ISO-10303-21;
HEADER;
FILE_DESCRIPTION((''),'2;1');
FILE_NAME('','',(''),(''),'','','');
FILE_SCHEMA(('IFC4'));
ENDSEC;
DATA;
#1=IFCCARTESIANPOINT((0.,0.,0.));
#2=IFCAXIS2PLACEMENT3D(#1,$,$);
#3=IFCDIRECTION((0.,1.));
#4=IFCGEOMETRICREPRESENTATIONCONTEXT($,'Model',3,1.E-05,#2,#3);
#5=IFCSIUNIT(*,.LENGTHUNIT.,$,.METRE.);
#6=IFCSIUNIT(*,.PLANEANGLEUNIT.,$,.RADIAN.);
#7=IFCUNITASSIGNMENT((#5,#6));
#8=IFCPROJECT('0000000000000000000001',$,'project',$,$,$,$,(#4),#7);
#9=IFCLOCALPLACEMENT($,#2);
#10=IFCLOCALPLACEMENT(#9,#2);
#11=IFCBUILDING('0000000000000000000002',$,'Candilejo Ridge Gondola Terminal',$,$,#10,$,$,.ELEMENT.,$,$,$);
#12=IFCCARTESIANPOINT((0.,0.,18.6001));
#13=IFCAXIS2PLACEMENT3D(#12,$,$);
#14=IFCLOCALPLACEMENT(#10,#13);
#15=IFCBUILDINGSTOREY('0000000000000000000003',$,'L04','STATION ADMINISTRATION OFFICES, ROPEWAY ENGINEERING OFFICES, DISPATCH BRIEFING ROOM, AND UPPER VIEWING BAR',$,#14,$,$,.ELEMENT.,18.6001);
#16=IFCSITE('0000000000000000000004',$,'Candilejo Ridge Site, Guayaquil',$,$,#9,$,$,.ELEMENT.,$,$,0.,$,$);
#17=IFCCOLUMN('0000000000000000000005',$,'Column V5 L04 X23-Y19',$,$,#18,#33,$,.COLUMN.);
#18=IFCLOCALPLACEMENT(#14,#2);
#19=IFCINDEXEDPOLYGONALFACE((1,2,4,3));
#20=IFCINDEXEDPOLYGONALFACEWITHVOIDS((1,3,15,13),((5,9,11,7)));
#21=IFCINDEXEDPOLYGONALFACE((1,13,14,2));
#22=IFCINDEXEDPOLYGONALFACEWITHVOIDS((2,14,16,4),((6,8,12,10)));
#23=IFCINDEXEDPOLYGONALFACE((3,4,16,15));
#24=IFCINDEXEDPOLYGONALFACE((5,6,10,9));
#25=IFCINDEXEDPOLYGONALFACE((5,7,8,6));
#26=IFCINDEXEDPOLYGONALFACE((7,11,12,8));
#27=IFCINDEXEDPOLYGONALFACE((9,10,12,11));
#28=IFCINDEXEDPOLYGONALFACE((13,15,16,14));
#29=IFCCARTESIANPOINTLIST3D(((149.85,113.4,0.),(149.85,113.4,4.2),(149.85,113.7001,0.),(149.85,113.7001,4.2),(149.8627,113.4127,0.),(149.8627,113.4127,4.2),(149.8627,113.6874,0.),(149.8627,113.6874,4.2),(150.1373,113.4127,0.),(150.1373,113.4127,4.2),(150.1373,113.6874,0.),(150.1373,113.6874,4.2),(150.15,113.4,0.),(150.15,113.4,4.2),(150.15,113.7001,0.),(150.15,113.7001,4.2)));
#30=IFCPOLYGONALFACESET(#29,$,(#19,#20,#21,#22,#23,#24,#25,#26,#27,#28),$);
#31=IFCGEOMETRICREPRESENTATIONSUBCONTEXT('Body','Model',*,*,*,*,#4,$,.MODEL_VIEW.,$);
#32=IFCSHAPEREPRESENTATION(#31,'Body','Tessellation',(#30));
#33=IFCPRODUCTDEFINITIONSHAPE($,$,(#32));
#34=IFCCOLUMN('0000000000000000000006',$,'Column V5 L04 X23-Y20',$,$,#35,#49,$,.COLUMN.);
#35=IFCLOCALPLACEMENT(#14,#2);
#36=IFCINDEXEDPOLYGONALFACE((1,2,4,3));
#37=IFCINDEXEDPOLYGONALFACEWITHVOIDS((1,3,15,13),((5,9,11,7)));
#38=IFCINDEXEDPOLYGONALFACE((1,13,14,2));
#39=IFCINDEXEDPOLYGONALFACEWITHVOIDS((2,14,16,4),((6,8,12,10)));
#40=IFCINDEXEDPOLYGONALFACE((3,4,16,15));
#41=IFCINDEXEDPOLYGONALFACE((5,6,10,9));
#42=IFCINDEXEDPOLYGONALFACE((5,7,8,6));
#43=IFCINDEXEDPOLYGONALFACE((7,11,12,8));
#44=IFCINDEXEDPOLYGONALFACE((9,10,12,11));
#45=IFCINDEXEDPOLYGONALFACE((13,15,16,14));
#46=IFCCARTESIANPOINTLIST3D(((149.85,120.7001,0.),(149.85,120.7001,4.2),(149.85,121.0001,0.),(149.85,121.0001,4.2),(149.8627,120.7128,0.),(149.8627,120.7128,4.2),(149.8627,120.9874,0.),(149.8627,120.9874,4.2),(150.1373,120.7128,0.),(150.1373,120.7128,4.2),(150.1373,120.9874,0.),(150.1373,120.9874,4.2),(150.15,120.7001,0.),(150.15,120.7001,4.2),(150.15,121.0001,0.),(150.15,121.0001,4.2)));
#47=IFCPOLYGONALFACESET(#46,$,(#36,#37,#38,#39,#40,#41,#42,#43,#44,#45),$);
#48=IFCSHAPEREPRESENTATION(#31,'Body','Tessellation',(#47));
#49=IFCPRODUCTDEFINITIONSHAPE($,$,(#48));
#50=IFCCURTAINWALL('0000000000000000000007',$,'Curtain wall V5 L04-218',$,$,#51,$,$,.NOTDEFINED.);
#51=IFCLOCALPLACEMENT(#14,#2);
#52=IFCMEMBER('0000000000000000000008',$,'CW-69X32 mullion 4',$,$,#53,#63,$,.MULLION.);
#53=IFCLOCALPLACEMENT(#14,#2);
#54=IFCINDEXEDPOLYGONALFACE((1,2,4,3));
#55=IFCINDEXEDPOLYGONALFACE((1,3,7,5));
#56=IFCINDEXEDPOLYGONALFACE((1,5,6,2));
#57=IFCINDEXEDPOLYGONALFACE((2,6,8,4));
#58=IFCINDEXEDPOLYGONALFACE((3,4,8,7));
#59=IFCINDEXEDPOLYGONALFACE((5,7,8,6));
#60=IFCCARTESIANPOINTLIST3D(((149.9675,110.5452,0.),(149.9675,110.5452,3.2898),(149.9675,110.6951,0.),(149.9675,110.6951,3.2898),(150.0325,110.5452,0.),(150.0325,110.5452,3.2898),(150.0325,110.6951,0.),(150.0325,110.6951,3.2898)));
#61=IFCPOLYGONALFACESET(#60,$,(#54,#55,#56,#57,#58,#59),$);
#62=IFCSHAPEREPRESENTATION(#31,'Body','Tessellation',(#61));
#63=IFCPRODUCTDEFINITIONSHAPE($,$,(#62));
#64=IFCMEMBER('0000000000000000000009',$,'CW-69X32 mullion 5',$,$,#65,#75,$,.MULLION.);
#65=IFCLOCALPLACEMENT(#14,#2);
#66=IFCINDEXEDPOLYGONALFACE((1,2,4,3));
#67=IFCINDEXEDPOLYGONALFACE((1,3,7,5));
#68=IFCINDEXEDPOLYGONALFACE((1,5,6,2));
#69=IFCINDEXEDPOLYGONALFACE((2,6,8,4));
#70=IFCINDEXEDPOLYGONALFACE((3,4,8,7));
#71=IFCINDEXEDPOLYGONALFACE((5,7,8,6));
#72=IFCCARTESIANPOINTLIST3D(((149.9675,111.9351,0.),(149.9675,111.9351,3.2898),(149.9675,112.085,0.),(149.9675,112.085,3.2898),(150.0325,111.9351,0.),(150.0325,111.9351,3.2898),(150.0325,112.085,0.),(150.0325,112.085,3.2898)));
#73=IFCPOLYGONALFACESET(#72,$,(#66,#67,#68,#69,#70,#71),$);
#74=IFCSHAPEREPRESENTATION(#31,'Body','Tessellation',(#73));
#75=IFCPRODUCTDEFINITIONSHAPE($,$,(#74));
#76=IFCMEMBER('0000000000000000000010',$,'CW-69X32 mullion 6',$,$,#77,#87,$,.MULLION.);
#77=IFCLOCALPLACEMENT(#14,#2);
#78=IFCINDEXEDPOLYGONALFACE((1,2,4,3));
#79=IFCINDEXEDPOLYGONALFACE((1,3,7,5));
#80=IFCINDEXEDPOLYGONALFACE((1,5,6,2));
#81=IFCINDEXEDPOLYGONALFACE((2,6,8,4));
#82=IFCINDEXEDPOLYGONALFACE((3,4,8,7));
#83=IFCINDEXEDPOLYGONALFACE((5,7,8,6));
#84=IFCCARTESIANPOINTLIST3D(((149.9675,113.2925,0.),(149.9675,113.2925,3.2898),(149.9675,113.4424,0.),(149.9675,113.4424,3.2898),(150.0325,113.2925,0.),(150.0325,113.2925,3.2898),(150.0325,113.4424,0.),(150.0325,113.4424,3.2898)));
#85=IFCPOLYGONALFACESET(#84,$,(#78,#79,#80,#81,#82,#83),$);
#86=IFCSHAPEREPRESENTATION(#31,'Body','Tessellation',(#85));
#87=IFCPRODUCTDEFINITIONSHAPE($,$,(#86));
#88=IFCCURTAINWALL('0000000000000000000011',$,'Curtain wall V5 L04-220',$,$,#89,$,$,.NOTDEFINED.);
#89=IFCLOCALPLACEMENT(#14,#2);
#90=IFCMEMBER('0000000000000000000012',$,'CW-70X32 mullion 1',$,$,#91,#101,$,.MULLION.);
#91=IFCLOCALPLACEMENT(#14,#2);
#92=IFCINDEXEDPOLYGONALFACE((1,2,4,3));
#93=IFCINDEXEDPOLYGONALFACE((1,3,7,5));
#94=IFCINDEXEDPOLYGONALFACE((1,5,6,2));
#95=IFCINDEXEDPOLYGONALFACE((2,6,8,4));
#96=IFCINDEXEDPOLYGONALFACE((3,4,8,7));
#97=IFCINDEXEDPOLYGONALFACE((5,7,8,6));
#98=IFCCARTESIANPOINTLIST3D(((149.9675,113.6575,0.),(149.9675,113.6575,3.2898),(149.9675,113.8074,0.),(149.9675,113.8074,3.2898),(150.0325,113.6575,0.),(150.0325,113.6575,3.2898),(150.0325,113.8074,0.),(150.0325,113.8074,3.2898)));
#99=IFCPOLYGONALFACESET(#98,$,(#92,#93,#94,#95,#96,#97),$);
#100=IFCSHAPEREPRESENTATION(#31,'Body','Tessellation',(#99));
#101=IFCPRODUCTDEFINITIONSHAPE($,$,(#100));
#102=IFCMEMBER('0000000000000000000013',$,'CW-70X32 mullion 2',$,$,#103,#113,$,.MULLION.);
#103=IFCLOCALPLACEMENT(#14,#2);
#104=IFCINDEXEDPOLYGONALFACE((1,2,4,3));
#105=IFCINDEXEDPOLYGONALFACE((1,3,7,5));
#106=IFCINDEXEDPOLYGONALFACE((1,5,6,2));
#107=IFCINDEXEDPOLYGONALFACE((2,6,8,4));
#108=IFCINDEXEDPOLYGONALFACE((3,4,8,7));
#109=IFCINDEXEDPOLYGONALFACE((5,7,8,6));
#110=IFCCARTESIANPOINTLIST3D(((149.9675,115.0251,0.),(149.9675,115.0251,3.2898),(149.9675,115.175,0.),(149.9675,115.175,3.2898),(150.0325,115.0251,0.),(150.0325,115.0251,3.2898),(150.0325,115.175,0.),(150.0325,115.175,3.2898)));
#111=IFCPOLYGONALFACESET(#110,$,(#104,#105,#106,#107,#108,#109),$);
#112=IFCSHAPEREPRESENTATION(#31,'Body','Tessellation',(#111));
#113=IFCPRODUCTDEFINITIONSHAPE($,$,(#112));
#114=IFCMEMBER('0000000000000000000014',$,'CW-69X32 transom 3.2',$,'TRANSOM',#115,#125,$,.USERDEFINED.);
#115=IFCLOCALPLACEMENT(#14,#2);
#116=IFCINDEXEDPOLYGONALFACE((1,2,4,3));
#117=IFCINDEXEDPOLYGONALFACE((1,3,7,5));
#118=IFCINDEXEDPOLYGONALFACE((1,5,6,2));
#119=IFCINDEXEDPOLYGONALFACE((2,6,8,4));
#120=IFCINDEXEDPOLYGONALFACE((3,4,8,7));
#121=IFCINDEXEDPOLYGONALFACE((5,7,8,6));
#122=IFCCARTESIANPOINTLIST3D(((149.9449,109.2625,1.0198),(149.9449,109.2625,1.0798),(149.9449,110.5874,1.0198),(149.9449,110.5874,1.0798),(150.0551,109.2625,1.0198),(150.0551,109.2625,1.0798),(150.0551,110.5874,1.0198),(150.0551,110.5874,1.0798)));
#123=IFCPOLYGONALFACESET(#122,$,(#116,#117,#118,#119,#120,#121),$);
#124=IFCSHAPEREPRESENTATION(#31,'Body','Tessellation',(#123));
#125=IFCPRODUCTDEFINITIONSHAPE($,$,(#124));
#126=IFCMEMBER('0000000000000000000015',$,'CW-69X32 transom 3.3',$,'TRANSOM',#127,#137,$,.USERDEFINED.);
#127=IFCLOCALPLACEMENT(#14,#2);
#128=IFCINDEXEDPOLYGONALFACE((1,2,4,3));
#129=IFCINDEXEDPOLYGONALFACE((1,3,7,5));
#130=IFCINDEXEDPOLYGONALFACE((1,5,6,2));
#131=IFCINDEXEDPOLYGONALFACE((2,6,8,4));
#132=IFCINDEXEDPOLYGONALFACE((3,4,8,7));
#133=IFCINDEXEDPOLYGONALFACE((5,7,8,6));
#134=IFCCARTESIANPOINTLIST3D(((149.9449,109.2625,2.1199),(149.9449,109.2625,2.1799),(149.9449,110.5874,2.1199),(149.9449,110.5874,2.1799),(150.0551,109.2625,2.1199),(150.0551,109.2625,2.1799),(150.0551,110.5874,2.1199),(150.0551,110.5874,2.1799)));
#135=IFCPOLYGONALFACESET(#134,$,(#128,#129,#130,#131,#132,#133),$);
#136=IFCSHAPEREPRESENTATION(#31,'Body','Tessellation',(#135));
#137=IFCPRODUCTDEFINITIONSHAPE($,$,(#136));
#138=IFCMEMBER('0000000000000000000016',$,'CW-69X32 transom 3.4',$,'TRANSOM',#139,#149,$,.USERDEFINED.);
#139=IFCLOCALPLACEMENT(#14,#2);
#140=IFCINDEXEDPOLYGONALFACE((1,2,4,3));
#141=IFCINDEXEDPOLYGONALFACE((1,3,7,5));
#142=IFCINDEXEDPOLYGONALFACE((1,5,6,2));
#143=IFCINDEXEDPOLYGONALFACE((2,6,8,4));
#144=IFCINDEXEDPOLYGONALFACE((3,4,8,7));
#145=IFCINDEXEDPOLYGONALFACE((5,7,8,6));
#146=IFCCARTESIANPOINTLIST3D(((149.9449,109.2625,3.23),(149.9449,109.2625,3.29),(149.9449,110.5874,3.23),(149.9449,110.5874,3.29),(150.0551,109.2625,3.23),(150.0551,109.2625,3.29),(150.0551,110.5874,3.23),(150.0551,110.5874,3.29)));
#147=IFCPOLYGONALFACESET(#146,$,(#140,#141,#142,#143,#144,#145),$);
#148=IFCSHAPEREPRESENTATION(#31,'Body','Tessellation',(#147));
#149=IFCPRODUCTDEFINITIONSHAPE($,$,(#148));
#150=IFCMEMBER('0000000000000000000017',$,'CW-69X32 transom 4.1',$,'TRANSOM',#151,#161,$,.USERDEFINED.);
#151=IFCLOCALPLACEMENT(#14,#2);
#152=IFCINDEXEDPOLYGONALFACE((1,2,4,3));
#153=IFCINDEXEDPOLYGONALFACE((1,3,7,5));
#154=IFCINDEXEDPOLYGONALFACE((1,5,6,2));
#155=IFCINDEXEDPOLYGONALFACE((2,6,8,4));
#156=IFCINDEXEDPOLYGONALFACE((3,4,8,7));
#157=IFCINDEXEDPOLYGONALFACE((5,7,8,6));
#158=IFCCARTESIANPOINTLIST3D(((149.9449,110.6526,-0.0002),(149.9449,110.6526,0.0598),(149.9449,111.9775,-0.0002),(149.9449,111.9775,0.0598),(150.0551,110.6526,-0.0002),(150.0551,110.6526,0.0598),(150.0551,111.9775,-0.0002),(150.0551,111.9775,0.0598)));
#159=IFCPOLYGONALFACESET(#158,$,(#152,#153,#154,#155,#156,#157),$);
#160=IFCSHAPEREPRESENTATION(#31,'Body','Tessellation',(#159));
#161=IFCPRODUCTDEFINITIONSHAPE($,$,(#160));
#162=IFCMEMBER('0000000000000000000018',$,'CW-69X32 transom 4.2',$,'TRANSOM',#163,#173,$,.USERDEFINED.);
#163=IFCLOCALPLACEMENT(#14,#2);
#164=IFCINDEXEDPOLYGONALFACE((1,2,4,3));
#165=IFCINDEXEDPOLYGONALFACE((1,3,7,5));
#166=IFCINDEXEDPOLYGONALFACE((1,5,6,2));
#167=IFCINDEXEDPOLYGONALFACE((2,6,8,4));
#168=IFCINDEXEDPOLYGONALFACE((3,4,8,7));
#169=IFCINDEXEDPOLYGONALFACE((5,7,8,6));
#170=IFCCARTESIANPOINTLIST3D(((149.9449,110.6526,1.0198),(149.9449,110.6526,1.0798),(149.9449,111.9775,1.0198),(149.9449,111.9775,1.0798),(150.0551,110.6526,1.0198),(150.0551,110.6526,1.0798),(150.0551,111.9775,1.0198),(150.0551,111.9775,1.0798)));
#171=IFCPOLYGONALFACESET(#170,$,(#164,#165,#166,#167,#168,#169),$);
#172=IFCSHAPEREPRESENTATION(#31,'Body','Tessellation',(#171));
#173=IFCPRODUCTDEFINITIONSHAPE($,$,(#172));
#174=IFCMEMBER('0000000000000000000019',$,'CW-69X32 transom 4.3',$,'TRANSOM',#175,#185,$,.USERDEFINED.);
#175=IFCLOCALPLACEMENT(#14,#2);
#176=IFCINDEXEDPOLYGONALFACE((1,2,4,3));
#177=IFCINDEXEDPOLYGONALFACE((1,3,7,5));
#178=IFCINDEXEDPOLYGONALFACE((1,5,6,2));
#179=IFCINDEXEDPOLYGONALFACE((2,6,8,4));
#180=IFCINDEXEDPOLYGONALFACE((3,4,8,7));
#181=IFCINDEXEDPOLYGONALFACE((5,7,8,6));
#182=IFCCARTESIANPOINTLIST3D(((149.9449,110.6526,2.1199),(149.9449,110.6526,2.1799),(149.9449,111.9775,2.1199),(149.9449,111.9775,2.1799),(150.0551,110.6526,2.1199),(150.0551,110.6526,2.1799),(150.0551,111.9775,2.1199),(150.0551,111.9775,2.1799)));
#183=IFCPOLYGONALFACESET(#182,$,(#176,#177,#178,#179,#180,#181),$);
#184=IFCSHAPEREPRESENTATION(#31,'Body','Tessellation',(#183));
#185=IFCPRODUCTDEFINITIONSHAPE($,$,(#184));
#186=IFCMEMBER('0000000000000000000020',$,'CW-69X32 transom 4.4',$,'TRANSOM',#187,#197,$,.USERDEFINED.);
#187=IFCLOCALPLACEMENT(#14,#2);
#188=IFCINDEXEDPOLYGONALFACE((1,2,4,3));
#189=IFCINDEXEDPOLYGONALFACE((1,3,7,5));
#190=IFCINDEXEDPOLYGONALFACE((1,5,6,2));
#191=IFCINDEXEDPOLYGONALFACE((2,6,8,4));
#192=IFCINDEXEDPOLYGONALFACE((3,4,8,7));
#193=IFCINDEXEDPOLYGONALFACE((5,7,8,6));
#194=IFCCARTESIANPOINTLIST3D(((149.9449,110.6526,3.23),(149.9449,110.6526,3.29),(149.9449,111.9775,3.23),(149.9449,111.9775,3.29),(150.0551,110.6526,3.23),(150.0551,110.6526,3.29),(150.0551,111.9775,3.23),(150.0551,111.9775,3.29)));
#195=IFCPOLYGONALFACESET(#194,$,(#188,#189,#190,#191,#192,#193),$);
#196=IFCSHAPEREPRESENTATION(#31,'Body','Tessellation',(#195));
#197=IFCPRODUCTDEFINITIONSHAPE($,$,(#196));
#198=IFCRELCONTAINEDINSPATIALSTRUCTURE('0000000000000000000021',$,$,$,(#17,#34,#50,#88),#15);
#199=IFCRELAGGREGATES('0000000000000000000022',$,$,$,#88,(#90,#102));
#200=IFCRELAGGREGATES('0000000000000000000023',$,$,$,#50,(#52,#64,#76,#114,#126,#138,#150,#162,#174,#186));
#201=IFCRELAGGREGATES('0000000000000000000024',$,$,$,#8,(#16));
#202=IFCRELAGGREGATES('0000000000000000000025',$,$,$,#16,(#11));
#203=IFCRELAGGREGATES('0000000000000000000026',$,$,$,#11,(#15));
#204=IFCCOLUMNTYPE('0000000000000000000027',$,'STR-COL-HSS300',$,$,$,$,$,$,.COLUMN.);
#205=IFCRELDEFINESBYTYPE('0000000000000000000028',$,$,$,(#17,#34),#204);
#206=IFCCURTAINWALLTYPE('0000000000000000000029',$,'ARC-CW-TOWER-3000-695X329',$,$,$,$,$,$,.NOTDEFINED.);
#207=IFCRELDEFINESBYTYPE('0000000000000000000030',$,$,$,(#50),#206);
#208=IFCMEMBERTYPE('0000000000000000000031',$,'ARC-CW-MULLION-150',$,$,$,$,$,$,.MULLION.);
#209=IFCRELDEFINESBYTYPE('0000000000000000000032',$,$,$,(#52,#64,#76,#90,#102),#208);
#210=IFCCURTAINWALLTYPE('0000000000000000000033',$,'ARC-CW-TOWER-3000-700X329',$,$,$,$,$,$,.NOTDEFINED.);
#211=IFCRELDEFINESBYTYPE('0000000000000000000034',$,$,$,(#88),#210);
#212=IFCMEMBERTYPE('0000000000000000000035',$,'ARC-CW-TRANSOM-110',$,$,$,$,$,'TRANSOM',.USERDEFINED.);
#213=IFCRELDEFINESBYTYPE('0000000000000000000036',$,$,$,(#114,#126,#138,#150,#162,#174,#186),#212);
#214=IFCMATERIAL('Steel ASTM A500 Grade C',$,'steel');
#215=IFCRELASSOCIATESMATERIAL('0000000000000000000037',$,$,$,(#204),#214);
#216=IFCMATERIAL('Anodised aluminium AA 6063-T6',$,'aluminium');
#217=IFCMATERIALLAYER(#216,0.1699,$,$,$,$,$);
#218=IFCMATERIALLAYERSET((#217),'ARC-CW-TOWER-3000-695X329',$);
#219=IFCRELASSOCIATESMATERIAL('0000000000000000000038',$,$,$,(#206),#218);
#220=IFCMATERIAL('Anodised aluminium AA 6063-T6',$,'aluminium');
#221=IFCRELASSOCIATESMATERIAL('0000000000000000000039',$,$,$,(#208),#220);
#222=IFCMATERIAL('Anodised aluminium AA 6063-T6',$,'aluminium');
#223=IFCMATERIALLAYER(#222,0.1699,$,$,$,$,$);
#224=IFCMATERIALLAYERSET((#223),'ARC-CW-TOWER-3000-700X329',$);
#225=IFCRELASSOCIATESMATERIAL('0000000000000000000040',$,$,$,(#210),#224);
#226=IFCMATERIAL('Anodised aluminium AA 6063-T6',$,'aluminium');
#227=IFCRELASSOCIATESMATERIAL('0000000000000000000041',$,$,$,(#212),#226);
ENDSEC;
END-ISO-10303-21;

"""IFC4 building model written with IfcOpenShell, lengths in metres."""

from ifc_helpers import new_model, si_unit, direction, frame, origin, origin_2d, place, context, subcontext, project, spatial, rectangle, hollow_rectangle, extrude, material, layer, layer_set, material_profile, profile_set, type_object, element, aggregate, save


model = new_model("IFC4")

# Units and contexts
model_context = context("Model", 3, precision=1e-05, world=origin(), true_north=direction((0.0, 1.0)))
body_context = subcontext(model_context, "Body", "Model", "MODEL_VIEW")
ifc_project = project(units=[si_unit("LENGTHUNIT", "METRE"), si_unit("PLANEANGLEUNIT", "RADIAN")], contexts=[model_context])

# Site, building, storey
site_placement = place(None, origin())
site = spatial("IfcSite", under=ifc_project, at=site_placement, Name="Candilejo Ridge Site, Guayaquil", CompositionType="ELEMENT", RefElevation=0.0)
building_placement = place(site_placement, origin())
building = spatial("IfcBuilding", under=site, at=building_placement, Name="Candilejo Ridge Gondola Terminal", CompositionType="ELEMENT")
storey_placement = place(building_placement, frame((0.0, 0.0, 18.6001)))
storey = spatial("IfcBuildingStorey", under=building, at=storey_placement, Name="L04", Description="STATION ADMINISTRATION OFFICES, ROPEWAY ENGINEERING OFFICES, DISPATCH BRIEFING ROOM, AND UPPER VIEWING BAR", CompositionType="ELEMENT", Elevation=18.6001)

# Columns
ifc_material_1 = material(Name="Steel ASTM A500 Grade C", Category="steel")
ifc_material_profile_1 = material_profile(ifc_material_1, hollow_rectangle(XDim=0.3, YDim=0.3, WallThickness=0.0127, at=origin_2d()))
ifc_profile_set_1 = profile_set([ifc_material_profile_1], Name="Steel ASTM A500 Grade C")
column_type = type_object("IfcColumnType", Name="STR-COL-HSS300", PredefinedType="COLUMN", material=ifc_profile_set_1)
for number, where, z_axis, x_axis, name in (
    (1, (150.0, 113.55, 0.0), (0.0, 0.0, 1.0), (1.0, 0.0, 0.0), "Column V5 L04 X23-Y19"),
    (2, (150.0, 120.8501, 0.0), (0.0, 0.0, 1.0), (1.0, 0.0, 0.0), "Column V5 L04 X23-Y20"),
):
    element("IfcColumn", number, at=place(storey_placement, frame(where, z_axis=z_axis, x_axis=x_axis)), inside=storey, type_object=column_type, Name=name, PredefinedType="COLUMN", context=body_context, shape_type="SweptSolid", body=[
        extrude(hollow_rectangle(XDim=0.3, YDim=0.3, WallThickness=0.0127, at=origin_2d()), origin(), (0.0, 0.0, 1.0), 4.2),
    ])

# Curtain walls, members
ifc_material_2 = material(Name="Anodised aluminium AA 6063-T6", Category="aluminium")
ifc_layer_1 = layer(ifc_material_2, 0.1699)
ifc_layer_set_1 = layer_set([ifc_layer_1], Name="ARC-CW-TOWER-3000-695X329")
curtain_wall_type_1 = type_object("IfcCurtainWallType", Name="ARC-CW-TOWER-3000-695X329", PredefinedType="NOTDEFINED", material=ifc_layer_set_1)
curtain_wall_1_placement = place(storey_placement, origin())
curtain_wall_1 = element("IfcCurtainWall", 3, at=curtain_wall_1_placement, inside=storey, type_object=curtain_wall_type_1, Name="Curtain wall V5 L04-218", PredefinedType="NOTDEFINED")
ifc_material_3 = material(Name="Anodised aluminium AA 6063-T6", Category="aluminium")
ifc_material_profile_2 = material_profile(ifc_material_3, rectangle(XDim=0.0649, YDim=0.1499, at=origin_2d()))
ifc_profile_set_2 = profile_set([ifc_material_profile_2], Name="Anodised aluminium AA 6063-T6")
member_type_1 = type_object("IfcMemberType", Name="ARC-CW-MULLION-150", PredefinedType="MULLION", material=ifc_profile_set_2)
member_1_placement = place(storey_placement, frame((150.0, 110.6201, 0.0), z_axis=(0.0, 0.0, 1.0), x_axis=(-1.0, 0.0, 0.0)))
member_1 = element("IfcMember", 4, at=member_1_placement, type_object=member_type_1, Name="CW-69X32 mullion 4", PredefinedType="MULLION", context=body_context, shape_type="SweptSolid", body=[
    extrude(rectangle(XDim=0.0649, YDim=0.1499, at=origin_2d()), origin(), (0.0, 0.0, 1.0), 3.2898),
])
member_2_placement = place(storey_placement, frame((150.0, 112.01, 0.0), z_axis=(0.0, 0.0, 1.0), x_axis=(-1.0, 0.0, 0.0)))
member_2 = element("IfcMember", 5, at=member_2_placement, type_object=member_type_1, Name="CW-69X32 mullion 5", PredefinedType="MULLION", context=body_context, shape_type="SweptSolid", body=[
    extrude(rectangle(XDim=0.0649, YDim=0.1499, at=origin_2d()), origin(), (0.0, 0.0, 1.0), 3.2898),
])
member_3_placement = place(storey_placement, frame((150.0, 113.3674, 0.0), z_axis=(0.0, 0.0, 1.0), x_axis=(-1.0, 0.0, 0.0)))
member_3 = element("IfcMember", 6, at=member_3_placement, type_object=member_type_1, Name="CW-69X32 mullion 6", PredefinedType="MULLION", context=body_context, shape_type="SweptSolid", body=[
    extrude(rectangle(XDim=0.0649, YDim=0.1499, at=origin_2d()), origin(), (0.0, 0.0, 1.0), 3.2898),
])
ifc_material_4 = material(Name="Anodised aluminium AA 6063-T6", Category="aluminium")
ifc_layer_2 = layer(ifc_material_4, 0.1699)
ifc_layer_set_2 = layer_set([ifc_layer_2], Name="ARC-CW-TOWER-3000-700X329")
curtain_wall_type_2 = type_object("IfcCurtainWallType", Name="ARC-CW-TOWER-3000-700X329", PredefinedType="NOTDEFINED", material=ifc_layer_set_2)
curtain_wall_2_placement = place(storey_placement, origin())
curtain_wall_2 = element("IfcCurtainWall", 7, at=curtain_wall_2_placement, inside=storey, type_object=curtain_wall_type_2, Name="Curtain wall V5 L04-220", PredefinedType="NOTDEFINED")
member_4_placement = place(storey_placement, frame((150.0, 113.7324, 0.0), z_axis=(0.0, 0.0, 1.0), x_axis=(-1.0, 0.0, 0.0)))
member_4 = element("IfcMember", 8, at=member_4_placement, type_object=member_type_1, Name="CW-70X32 mullion 1", PredefinedType="MULLION", context=body_context, shape_type="SweptSolid", body=[
    extrude(rectangle(XDim=0.0649, YDim=0.1499, at=origin_2d()), origin(), (0.0, 0.0, 1.0), 3.2898),
])
member_5_placement = place(storey_placement, frame((150.0, 115.1001, 0.0), z_axis=(0.0, 0.0, 1.0), x_axis=(-1.0, 0.0, 0.0)))
member_5 = element("IfcMember", 9, at=member_5_placement, type_object=member_type_1, Name="CW-70X32 mullion 2", PredefinedType="MULLION", context=body_context, shape_type="SweptSolid", body=[
    extrude(rectangle(XDim=0.0649, YDim=0.1499, at=origin_2d()), origin(), (0.0, 0.0, 1.0), 3.2898),
])
aggregate(curtain_wall_2, [member_4, member_5])

# Members
ifc_material_5 = material(Name="Anodised aluminium AA 6063-T6", Category="aluminium")
ifc_material_profile_3 = material_profile(ifc_material_5, rectangle(XDim=0.1101, YDim=0.0601, at=origin_2d()))
ifc_profile_set_3 = profile_set([ifc_material_profile_3], Name="Anodised aluminium AA 6063-T6")
member_type_2 = type_object("IfcMemberType", Name="ARC-CW-TRANSOM-110", ElementType="TRANSOM", PredefinedType="USERDEFINED", material=ifc_profile_set_3)
member_6_placement = place(storey_placement, frame((150.0, 109.2625, 1.0498), z_axis=(0.0, 1.0, 0.0), x_axis=(-1.0, 0.0, 0.0)))
member_6 = element("IfcMember", 10, at=member_6_placement, type_object=member_type_2, Name="CW-69X32 transom 3.2", ObjectType="TRANSOM", PredefinedType="USERDEFINED", context=body_context, shape_type="SweptSolid", body=[
    extrude(rectangle(XDim=0.1101, YDim=0.0601, at=origin_2d()), origin(), (0.0, 0.0, 1.0), 1.325),
])
member_7_placement = place(storey_placement, frame((150.0, 109.2625, 2.1499), z_axis=(0.0, 1.0, 0.0), x_axis=(-1.0, 0.0, 0.0)))
member_7 = element("IfcMember", 11, at=member_7_placement, type_object=member_type_2, Name="CW-69X32 transom 3.3", ObjectType="TRANSOM", PredefinedType="USERDEFINED", context=body_context, shape_type="SweptSolid", body=[
    extrude(rectangle(XDim=0.1101, YDim=0.0601, at=origin_2d()), origin(), (0.0, 0.0, 1.0), 1.325),
])
member_8_placement = place(storey_placement, frame((150.0, 109.2625, 3.26), z_axis=(0.0, 1.0, 0.0), x_axis=(-1.0, 0.0, 0.0)))
member_8 = element("IfcMember", 12, at=member_8_placement, type_object=member_type_2, Name="CW-69X32 transom 3.4", ObjectType="TRANSOM", PredefinedType="USERDEFINED", context=body_context, shape_type="SweptSolid", body=[
    extrude(rectangle(XDim=0.1101, YDim=0.0601, at=origin_2d()), origin(), (0.0, 0.0, 1.0), 1.325),
])
member_9_placement = place(storey_placement, frame((150.0, 110.6526, 0.0298), z_axis=(0.0, 1.0, 0.0), x_axis=(-1.0, 0.0, 0.0)))
member_9 = element("IfcMember", 13, at=member_9_placement, type_object=member_type_2, Name="CW-69X32 transom 4.1", ObjectType="TRANSOM", PredefinedType="USERDEFINED", context=body_context, shape_type="SweptSolid", body=[
    extrude(rectangle(XDim=0.1101, YDim=0.0601, at=origin_2d()), origin(), (0.0, 0.0, 1.0), 1.325),
])
member_10_placement = place(storey_placement, frame((150.0, 110.6526, 1.0498), z_axis=(0.0, 1.0, 0.0), x_axis=(-1.0, 0.0, 0.0)))
member_10 = element("IfcMember", 14, at=member_10_placement, type_object=member_type_2, Name="CW-69X32 transom 4.2", ObjectType="TRANSOM", PredefinedType="USERDEFINED", context=body_context, shape_type="SweptSolid", body=[
    extrude(rectangle(XDim=0.1101, YDim=0.0601, at=origin_2d()), origin(), (0.0, 0.0, 1.0), 1.325),
])
member_11_placement = place(storey_placement, frame((150.0, 110.6526, 2.1499), z_axis=(0.0, 1.0, 0.0), x_axis=(-1.0, 0.0, 0.0)))
member_11 = element("IfcMember", 15, at=member_11_placement, type_object=member_type_2, Name="CW-69X32 transom 4.3", ObjectType="TRANSOM", PredefinedType="USERDEFINED", context=body_context, shape_type="SweptSolid", body=[
    extrude(rectangle(XDim=0.1101, YDim=0.0601, at=origin_2d()), origin(), (0.0, 0.0, 1.0), 1.325),
])
member_12_placement = place(storey_placement, frame((150.0, 110.6526, 3.26), z_axis=(0.0, 1.0, 0.0), x_axis=(-1.0, 0.0, 0.0)))
member_12 = element("IfcMember", 16, at=member_12_placement, type_object=member_type_2, Name="CW-69X32 transom 4.4", ObjectType="TRANSOM", PredefinedType="USERDEFINED", context=body_context, shape_type="SweptSolid", body=[
    extrude(rectangle(XDim=0.1101, YDim=0.0601, at=origin_2d()), origin(), (0.0, 0.0, 1.0), 1.325),
])

aggregate(curtain_wall_1, [member_1, member_2, member_3, member_6, member_7, member_8, member_9, member_10, member_11, member_12])

save(model, "model.ifc")
